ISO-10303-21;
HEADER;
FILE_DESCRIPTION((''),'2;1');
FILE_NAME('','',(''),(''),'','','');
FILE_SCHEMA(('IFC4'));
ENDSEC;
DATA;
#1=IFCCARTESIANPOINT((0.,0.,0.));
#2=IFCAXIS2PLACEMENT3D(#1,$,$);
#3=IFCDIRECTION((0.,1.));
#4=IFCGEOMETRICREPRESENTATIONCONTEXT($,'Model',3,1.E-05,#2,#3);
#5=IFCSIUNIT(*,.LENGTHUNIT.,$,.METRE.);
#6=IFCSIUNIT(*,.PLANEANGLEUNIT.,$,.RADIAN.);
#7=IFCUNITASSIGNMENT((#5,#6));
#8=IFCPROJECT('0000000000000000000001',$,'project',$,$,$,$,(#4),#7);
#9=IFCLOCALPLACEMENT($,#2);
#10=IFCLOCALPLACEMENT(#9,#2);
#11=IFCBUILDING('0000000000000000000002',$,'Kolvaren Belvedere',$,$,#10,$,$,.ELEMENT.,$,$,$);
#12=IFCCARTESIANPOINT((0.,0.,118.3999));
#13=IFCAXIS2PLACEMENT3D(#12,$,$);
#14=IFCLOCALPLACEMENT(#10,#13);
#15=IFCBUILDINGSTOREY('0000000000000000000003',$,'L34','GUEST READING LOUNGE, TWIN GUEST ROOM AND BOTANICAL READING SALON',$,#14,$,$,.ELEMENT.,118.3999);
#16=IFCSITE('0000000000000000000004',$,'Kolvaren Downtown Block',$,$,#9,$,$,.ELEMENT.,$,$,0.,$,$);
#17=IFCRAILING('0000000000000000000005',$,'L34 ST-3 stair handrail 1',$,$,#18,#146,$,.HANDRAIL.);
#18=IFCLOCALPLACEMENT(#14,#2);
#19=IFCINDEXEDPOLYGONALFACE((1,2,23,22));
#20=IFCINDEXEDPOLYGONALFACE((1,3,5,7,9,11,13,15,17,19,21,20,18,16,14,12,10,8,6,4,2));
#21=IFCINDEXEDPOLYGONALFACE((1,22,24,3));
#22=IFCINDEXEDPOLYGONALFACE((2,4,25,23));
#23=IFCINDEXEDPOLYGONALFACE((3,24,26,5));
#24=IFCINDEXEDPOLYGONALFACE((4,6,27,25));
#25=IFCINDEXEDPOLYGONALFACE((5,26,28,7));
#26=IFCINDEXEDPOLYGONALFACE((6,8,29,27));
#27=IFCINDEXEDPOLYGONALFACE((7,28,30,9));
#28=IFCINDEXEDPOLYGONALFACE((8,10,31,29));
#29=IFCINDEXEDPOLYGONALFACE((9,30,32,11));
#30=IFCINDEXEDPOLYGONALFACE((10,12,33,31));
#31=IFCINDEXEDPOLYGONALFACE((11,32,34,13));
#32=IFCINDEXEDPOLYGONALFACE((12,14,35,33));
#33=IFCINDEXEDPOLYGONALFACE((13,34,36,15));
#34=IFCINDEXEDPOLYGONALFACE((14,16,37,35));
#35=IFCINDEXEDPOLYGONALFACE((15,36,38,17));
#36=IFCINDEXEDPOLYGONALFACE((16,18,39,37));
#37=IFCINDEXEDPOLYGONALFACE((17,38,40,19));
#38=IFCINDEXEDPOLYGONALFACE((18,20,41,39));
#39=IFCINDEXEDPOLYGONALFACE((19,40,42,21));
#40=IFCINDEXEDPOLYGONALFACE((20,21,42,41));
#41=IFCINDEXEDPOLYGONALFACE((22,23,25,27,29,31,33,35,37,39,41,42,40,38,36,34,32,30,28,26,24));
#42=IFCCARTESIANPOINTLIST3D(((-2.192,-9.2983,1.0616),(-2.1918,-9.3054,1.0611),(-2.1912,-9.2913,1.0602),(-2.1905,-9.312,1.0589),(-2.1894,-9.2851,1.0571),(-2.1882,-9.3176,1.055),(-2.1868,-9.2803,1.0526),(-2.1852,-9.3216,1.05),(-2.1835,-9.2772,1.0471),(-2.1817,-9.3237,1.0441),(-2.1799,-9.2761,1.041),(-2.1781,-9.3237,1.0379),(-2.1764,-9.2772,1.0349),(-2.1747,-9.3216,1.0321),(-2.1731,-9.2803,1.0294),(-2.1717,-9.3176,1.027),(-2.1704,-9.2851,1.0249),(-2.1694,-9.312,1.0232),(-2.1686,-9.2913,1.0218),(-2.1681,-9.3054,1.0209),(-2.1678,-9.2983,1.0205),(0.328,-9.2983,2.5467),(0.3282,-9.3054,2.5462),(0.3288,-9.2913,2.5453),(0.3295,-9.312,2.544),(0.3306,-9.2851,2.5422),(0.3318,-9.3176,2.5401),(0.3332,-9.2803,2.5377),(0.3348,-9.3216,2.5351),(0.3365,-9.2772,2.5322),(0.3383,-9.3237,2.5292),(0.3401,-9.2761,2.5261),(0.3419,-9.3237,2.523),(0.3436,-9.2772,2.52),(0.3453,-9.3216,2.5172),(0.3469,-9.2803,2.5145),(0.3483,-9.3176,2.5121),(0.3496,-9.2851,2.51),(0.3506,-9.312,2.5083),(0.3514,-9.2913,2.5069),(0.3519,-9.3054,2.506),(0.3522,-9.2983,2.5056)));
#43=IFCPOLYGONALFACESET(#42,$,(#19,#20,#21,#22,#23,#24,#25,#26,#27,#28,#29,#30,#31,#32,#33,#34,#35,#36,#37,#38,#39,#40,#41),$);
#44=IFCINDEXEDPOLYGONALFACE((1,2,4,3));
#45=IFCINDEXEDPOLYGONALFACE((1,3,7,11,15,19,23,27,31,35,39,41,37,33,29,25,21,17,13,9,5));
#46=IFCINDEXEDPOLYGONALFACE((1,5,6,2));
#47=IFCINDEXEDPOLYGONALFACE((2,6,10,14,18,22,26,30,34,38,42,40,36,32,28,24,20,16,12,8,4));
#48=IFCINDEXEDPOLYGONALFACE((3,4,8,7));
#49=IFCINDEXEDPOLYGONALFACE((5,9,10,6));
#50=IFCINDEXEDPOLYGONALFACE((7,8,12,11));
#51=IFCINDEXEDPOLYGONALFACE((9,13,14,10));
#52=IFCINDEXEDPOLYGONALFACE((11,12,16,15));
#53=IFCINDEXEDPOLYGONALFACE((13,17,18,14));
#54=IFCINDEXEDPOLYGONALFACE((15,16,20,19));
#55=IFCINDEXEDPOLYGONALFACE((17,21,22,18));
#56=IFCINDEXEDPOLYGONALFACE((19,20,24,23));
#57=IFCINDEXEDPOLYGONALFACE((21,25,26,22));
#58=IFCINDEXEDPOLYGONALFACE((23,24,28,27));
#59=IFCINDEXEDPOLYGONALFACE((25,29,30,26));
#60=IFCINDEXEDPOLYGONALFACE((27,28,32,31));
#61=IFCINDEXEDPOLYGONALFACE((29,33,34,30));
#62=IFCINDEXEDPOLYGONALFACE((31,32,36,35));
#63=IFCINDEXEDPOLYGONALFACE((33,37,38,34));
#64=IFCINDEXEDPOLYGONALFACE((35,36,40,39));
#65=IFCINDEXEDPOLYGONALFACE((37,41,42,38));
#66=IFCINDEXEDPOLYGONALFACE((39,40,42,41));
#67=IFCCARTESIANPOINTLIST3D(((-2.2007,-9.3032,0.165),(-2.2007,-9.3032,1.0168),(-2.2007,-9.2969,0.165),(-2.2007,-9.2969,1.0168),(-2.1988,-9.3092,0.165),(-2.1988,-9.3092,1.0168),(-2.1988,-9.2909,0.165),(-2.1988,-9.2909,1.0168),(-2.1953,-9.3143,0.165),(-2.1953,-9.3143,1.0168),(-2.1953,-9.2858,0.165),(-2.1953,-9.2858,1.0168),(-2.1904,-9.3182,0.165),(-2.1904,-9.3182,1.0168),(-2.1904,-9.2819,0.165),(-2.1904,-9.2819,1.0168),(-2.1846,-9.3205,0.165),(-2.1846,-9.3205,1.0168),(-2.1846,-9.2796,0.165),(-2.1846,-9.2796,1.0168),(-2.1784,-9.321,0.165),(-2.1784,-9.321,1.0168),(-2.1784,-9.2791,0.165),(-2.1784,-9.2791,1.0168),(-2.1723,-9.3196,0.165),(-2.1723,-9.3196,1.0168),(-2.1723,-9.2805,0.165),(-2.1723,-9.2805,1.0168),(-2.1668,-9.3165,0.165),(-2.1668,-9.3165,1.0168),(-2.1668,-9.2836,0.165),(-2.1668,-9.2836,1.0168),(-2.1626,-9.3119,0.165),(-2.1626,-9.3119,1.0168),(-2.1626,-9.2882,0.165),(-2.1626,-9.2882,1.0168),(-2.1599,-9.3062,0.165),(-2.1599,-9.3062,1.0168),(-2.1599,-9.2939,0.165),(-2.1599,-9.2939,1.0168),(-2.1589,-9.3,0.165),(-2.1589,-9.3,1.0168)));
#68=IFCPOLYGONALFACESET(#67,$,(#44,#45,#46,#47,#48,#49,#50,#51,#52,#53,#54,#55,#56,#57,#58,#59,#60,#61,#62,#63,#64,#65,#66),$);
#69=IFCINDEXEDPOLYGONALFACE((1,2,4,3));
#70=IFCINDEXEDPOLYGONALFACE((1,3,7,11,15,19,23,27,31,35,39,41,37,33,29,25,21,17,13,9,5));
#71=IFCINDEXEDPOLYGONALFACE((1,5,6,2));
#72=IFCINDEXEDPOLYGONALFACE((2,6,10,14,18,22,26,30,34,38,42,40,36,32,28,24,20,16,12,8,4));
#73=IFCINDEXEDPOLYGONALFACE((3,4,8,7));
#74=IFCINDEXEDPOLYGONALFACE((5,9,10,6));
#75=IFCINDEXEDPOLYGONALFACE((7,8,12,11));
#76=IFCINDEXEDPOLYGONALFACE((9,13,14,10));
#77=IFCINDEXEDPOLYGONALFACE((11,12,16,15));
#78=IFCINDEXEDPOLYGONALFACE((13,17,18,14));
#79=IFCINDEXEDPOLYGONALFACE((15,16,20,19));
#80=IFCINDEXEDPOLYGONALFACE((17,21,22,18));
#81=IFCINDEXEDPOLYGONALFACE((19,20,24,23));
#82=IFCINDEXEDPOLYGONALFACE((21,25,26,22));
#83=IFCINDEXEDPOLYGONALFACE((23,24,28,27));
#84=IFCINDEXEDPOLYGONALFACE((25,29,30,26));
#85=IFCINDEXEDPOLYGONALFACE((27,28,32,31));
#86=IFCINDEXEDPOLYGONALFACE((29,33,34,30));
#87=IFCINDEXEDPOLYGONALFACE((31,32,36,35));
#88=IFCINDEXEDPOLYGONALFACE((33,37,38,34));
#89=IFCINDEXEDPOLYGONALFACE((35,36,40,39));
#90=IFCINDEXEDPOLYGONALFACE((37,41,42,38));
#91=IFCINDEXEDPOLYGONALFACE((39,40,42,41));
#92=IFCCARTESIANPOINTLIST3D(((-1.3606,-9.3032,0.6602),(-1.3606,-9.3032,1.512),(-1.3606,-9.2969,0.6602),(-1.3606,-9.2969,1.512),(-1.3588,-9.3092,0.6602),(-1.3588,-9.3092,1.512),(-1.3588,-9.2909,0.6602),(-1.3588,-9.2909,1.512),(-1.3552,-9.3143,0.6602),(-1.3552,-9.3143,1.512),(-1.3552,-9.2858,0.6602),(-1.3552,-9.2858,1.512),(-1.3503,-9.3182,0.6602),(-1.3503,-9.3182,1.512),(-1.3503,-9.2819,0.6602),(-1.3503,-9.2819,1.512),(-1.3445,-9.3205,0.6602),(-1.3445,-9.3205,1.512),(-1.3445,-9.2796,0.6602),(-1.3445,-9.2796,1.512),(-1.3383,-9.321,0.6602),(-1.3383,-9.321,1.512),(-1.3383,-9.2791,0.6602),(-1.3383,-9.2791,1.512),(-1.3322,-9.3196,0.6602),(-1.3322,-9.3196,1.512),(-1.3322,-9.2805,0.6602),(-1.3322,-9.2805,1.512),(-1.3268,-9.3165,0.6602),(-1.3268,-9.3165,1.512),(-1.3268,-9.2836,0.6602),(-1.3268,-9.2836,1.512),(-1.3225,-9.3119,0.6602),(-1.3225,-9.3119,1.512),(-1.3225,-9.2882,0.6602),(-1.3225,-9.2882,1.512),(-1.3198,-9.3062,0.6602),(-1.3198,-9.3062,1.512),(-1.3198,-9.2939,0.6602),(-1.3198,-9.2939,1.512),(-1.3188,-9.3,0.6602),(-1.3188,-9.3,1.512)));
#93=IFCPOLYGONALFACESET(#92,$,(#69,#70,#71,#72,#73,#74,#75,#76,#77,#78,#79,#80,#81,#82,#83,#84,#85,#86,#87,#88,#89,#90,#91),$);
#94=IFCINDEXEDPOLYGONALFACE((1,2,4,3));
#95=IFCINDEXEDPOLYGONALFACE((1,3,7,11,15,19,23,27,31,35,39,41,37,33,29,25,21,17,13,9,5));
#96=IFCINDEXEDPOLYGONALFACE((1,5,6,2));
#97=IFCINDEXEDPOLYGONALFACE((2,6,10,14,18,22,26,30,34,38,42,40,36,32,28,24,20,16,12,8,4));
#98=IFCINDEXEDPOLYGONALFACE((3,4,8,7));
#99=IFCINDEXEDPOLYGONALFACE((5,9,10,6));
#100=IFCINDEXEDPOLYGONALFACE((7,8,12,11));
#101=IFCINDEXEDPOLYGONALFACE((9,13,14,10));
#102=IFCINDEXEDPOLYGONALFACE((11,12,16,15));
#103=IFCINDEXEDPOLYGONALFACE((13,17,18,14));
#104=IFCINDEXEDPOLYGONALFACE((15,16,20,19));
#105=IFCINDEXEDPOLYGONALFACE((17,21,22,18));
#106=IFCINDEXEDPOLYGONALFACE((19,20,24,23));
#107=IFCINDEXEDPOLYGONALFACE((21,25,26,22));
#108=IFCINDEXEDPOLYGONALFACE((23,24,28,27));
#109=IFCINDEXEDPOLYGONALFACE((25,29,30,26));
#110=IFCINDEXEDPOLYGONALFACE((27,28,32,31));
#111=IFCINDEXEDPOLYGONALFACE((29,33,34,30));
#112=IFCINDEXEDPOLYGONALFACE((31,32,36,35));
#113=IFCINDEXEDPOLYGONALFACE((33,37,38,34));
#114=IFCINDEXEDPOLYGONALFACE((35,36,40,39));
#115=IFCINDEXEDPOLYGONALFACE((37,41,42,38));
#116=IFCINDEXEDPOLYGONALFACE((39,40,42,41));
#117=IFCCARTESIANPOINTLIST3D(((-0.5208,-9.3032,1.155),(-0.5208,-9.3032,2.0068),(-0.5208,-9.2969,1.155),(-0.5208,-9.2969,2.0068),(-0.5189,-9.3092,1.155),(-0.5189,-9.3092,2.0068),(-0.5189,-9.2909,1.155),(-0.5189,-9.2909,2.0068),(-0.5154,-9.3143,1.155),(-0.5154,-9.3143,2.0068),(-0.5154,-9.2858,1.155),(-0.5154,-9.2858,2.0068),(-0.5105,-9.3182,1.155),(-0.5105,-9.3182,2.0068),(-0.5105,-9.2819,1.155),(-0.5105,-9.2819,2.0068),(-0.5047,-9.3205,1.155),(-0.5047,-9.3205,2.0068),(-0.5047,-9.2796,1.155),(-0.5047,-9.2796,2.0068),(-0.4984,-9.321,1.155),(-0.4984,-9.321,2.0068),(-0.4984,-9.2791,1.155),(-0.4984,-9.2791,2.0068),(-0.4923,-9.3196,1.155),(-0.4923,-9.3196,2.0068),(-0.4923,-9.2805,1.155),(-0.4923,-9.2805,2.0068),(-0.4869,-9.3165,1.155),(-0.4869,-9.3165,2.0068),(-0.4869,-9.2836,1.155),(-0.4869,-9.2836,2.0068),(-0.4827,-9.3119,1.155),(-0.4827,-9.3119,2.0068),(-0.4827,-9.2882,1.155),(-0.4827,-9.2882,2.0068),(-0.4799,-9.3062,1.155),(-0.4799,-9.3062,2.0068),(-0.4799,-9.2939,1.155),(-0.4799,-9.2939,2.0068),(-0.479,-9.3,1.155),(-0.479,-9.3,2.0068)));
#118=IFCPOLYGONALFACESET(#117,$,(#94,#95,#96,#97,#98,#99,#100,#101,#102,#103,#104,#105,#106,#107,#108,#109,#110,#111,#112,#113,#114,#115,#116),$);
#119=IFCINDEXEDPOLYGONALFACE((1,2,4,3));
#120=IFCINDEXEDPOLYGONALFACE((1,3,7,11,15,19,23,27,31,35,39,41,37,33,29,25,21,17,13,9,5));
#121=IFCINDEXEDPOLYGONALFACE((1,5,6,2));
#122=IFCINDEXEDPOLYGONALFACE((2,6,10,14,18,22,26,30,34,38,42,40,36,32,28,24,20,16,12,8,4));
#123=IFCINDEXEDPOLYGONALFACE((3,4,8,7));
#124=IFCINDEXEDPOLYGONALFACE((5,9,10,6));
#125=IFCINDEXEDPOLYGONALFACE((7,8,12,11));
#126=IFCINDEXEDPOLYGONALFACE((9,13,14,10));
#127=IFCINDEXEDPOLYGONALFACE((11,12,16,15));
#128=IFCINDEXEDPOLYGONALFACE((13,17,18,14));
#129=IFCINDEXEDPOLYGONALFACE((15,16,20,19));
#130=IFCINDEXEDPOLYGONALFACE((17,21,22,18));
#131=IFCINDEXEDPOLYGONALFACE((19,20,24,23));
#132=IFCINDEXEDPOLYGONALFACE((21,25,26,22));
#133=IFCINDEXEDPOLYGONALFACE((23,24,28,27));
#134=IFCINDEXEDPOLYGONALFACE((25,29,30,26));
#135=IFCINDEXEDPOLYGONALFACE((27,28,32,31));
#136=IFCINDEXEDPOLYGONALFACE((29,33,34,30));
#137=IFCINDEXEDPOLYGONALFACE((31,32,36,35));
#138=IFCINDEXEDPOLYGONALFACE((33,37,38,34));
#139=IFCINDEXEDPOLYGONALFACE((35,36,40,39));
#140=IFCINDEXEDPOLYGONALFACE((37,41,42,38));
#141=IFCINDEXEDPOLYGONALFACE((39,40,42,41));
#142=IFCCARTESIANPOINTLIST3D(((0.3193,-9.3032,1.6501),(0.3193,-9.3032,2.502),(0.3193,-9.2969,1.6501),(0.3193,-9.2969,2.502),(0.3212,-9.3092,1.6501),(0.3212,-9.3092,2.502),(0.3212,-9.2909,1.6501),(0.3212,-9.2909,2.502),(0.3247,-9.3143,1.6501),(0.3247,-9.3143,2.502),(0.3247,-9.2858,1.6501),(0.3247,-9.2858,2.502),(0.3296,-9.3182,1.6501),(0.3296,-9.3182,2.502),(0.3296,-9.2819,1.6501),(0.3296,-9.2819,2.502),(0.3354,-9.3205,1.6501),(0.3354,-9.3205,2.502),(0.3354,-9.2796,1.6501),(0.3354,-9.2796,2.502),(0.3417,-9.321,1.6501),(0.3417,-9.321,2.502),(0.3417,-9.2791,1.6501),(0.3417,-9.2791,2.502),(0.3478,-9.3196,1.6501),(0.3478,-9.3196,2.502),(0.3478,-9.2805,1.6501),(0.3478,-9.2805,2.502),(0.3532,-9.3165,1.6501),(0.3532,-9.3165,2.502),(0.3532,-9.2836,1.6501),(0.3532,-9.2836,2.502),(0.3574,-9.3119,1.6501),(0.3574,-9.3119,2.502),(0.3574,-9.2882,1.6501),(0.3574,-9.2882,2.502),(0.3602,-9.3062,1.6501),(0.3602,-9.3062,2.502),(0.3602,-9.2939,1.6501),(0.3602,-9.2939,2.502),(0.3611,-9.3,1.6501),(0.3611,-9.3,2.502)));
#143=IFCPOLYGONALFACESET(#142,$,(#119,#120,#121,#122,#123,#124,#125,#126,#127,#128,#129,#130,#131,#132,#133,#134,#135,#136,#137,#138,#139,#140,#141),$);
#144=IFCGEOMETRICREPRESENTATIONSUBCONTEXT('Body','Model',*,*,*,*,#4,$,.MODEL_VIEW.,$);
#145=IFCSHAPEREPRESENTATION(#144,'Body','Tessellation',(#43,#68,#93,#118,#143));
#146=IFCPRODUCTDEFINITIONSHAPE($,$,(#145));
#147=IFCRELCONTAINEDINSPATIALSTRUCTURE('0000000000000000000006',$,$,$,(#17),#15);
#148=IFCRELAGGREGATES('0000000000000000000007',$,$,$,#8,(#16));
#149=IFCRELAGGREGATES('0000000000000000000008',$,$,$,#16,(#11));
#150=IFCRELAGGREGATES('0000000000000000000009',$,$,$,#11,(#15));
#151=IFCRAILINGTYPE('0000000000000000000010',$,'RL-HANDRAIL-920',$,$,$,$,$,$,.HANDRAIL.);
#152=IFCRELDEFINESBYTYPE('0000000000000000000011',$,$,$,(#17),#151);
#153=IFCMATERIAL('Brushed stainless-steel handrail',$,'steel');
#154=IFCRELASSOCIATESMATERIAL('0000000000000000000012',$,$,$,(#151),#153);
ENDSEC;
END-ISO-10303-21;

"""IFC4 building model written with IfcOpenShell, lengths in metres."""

from ifc_helpers import new_model, si_unit, direction, frame, origin, origin_2d, place, context, subcontext, project, spatial, circle, extrude, material, type_object, element, save


model = new_model("IFC4")

# Units and contexts
model_context = context("Model", 3, precision=1e-05, world=origin(), true_north=direction((0.0, 1.0)))
body_context = subcontext(model_context, "Body", "Model", "MODEL_VIEW")
ifc_project = project(units=[si_unit("LENGTHUNIT", "METRE"), si_unit("PLANEANGLEUNIT", "RADIAN")], contexts=[model_context])

# Site, building, storey
site_placement = place(None, origin())
site = spatial("IfcSite", under=ifc_project, at=site_placement, Name="Kolvaren Downtown Block", CompositionType="ELEMENT", RefElevation=0.0)
building_placement = place(site_placement, origin())
building = spatial("IfcBuilding", under=site, at=building_placement, Name="Kolvaren Belvedere", CompositionType="ELEMENT")
storey_placement = place(building_placement, frame((0.0, 0.0, 118.3999)))
storey = spatial("IfcBuildingStorey", under=building, at=storey_placement, Name="L34", Description="GUEST READING LOUNGE, TWIN GUEST ROOM AND BOTANICAL READING SALON", CompositionType="ELEMENT", Elevation=118.3999)

# Railing
ifc_material_1 = material(Name="Brushed stainless-steel handrail", Category="steel")
railing_type_1 = type_object("IfcRailingType", Name="RL-HANDRAIL-920", PredefinedType="HANDRAIL", material=ifc_material_1)
railing_1_placement = place(storey_placement, frame((-2.1799, -9.3, 0.165)))
element("IfcRailing", 1, at=railing_1_placement, inside=storey, type_object=railing_type_1, Name="L34 ST-3 stair handrail 1", PredefinedType="HANDRAIL", context=body_context, shape_type="SweptSolid", body=[
    extrude(circle(Radius=0.0239, at=origin_2d()), frame((0.0, 0.0, 0.876), z_axis=(0.861524, 0.0, 0.507717), x_axis=(0.0, 1.0, 0.0)), (0.0, 0.0, 1.0), 2.925),
    extrude(circle(Radius=0.021, at=origin_2d()), origin(), (0.0, 0.0, 1.0), 0.8518),
    extrude(circle(Radius=0.021, at=origin_2d()), frame((0.8401, 0.0, 0.4951)), (0.0, 0.0, 1.0), 0.8518),
    extrude(circle(Radius=0.021, at=origin_2d()), frame((1.6799, 0.0, 0.99)), (0.0, 0.0, 1.0), 0.8518),
    extrude(circle(Radius=0.021, at=origin_2d()), frame((2.52, 0.0, 1.4851)), (0.0, 0.0, 1.0), 0.8518),
])

save(model, "model.ifc")
